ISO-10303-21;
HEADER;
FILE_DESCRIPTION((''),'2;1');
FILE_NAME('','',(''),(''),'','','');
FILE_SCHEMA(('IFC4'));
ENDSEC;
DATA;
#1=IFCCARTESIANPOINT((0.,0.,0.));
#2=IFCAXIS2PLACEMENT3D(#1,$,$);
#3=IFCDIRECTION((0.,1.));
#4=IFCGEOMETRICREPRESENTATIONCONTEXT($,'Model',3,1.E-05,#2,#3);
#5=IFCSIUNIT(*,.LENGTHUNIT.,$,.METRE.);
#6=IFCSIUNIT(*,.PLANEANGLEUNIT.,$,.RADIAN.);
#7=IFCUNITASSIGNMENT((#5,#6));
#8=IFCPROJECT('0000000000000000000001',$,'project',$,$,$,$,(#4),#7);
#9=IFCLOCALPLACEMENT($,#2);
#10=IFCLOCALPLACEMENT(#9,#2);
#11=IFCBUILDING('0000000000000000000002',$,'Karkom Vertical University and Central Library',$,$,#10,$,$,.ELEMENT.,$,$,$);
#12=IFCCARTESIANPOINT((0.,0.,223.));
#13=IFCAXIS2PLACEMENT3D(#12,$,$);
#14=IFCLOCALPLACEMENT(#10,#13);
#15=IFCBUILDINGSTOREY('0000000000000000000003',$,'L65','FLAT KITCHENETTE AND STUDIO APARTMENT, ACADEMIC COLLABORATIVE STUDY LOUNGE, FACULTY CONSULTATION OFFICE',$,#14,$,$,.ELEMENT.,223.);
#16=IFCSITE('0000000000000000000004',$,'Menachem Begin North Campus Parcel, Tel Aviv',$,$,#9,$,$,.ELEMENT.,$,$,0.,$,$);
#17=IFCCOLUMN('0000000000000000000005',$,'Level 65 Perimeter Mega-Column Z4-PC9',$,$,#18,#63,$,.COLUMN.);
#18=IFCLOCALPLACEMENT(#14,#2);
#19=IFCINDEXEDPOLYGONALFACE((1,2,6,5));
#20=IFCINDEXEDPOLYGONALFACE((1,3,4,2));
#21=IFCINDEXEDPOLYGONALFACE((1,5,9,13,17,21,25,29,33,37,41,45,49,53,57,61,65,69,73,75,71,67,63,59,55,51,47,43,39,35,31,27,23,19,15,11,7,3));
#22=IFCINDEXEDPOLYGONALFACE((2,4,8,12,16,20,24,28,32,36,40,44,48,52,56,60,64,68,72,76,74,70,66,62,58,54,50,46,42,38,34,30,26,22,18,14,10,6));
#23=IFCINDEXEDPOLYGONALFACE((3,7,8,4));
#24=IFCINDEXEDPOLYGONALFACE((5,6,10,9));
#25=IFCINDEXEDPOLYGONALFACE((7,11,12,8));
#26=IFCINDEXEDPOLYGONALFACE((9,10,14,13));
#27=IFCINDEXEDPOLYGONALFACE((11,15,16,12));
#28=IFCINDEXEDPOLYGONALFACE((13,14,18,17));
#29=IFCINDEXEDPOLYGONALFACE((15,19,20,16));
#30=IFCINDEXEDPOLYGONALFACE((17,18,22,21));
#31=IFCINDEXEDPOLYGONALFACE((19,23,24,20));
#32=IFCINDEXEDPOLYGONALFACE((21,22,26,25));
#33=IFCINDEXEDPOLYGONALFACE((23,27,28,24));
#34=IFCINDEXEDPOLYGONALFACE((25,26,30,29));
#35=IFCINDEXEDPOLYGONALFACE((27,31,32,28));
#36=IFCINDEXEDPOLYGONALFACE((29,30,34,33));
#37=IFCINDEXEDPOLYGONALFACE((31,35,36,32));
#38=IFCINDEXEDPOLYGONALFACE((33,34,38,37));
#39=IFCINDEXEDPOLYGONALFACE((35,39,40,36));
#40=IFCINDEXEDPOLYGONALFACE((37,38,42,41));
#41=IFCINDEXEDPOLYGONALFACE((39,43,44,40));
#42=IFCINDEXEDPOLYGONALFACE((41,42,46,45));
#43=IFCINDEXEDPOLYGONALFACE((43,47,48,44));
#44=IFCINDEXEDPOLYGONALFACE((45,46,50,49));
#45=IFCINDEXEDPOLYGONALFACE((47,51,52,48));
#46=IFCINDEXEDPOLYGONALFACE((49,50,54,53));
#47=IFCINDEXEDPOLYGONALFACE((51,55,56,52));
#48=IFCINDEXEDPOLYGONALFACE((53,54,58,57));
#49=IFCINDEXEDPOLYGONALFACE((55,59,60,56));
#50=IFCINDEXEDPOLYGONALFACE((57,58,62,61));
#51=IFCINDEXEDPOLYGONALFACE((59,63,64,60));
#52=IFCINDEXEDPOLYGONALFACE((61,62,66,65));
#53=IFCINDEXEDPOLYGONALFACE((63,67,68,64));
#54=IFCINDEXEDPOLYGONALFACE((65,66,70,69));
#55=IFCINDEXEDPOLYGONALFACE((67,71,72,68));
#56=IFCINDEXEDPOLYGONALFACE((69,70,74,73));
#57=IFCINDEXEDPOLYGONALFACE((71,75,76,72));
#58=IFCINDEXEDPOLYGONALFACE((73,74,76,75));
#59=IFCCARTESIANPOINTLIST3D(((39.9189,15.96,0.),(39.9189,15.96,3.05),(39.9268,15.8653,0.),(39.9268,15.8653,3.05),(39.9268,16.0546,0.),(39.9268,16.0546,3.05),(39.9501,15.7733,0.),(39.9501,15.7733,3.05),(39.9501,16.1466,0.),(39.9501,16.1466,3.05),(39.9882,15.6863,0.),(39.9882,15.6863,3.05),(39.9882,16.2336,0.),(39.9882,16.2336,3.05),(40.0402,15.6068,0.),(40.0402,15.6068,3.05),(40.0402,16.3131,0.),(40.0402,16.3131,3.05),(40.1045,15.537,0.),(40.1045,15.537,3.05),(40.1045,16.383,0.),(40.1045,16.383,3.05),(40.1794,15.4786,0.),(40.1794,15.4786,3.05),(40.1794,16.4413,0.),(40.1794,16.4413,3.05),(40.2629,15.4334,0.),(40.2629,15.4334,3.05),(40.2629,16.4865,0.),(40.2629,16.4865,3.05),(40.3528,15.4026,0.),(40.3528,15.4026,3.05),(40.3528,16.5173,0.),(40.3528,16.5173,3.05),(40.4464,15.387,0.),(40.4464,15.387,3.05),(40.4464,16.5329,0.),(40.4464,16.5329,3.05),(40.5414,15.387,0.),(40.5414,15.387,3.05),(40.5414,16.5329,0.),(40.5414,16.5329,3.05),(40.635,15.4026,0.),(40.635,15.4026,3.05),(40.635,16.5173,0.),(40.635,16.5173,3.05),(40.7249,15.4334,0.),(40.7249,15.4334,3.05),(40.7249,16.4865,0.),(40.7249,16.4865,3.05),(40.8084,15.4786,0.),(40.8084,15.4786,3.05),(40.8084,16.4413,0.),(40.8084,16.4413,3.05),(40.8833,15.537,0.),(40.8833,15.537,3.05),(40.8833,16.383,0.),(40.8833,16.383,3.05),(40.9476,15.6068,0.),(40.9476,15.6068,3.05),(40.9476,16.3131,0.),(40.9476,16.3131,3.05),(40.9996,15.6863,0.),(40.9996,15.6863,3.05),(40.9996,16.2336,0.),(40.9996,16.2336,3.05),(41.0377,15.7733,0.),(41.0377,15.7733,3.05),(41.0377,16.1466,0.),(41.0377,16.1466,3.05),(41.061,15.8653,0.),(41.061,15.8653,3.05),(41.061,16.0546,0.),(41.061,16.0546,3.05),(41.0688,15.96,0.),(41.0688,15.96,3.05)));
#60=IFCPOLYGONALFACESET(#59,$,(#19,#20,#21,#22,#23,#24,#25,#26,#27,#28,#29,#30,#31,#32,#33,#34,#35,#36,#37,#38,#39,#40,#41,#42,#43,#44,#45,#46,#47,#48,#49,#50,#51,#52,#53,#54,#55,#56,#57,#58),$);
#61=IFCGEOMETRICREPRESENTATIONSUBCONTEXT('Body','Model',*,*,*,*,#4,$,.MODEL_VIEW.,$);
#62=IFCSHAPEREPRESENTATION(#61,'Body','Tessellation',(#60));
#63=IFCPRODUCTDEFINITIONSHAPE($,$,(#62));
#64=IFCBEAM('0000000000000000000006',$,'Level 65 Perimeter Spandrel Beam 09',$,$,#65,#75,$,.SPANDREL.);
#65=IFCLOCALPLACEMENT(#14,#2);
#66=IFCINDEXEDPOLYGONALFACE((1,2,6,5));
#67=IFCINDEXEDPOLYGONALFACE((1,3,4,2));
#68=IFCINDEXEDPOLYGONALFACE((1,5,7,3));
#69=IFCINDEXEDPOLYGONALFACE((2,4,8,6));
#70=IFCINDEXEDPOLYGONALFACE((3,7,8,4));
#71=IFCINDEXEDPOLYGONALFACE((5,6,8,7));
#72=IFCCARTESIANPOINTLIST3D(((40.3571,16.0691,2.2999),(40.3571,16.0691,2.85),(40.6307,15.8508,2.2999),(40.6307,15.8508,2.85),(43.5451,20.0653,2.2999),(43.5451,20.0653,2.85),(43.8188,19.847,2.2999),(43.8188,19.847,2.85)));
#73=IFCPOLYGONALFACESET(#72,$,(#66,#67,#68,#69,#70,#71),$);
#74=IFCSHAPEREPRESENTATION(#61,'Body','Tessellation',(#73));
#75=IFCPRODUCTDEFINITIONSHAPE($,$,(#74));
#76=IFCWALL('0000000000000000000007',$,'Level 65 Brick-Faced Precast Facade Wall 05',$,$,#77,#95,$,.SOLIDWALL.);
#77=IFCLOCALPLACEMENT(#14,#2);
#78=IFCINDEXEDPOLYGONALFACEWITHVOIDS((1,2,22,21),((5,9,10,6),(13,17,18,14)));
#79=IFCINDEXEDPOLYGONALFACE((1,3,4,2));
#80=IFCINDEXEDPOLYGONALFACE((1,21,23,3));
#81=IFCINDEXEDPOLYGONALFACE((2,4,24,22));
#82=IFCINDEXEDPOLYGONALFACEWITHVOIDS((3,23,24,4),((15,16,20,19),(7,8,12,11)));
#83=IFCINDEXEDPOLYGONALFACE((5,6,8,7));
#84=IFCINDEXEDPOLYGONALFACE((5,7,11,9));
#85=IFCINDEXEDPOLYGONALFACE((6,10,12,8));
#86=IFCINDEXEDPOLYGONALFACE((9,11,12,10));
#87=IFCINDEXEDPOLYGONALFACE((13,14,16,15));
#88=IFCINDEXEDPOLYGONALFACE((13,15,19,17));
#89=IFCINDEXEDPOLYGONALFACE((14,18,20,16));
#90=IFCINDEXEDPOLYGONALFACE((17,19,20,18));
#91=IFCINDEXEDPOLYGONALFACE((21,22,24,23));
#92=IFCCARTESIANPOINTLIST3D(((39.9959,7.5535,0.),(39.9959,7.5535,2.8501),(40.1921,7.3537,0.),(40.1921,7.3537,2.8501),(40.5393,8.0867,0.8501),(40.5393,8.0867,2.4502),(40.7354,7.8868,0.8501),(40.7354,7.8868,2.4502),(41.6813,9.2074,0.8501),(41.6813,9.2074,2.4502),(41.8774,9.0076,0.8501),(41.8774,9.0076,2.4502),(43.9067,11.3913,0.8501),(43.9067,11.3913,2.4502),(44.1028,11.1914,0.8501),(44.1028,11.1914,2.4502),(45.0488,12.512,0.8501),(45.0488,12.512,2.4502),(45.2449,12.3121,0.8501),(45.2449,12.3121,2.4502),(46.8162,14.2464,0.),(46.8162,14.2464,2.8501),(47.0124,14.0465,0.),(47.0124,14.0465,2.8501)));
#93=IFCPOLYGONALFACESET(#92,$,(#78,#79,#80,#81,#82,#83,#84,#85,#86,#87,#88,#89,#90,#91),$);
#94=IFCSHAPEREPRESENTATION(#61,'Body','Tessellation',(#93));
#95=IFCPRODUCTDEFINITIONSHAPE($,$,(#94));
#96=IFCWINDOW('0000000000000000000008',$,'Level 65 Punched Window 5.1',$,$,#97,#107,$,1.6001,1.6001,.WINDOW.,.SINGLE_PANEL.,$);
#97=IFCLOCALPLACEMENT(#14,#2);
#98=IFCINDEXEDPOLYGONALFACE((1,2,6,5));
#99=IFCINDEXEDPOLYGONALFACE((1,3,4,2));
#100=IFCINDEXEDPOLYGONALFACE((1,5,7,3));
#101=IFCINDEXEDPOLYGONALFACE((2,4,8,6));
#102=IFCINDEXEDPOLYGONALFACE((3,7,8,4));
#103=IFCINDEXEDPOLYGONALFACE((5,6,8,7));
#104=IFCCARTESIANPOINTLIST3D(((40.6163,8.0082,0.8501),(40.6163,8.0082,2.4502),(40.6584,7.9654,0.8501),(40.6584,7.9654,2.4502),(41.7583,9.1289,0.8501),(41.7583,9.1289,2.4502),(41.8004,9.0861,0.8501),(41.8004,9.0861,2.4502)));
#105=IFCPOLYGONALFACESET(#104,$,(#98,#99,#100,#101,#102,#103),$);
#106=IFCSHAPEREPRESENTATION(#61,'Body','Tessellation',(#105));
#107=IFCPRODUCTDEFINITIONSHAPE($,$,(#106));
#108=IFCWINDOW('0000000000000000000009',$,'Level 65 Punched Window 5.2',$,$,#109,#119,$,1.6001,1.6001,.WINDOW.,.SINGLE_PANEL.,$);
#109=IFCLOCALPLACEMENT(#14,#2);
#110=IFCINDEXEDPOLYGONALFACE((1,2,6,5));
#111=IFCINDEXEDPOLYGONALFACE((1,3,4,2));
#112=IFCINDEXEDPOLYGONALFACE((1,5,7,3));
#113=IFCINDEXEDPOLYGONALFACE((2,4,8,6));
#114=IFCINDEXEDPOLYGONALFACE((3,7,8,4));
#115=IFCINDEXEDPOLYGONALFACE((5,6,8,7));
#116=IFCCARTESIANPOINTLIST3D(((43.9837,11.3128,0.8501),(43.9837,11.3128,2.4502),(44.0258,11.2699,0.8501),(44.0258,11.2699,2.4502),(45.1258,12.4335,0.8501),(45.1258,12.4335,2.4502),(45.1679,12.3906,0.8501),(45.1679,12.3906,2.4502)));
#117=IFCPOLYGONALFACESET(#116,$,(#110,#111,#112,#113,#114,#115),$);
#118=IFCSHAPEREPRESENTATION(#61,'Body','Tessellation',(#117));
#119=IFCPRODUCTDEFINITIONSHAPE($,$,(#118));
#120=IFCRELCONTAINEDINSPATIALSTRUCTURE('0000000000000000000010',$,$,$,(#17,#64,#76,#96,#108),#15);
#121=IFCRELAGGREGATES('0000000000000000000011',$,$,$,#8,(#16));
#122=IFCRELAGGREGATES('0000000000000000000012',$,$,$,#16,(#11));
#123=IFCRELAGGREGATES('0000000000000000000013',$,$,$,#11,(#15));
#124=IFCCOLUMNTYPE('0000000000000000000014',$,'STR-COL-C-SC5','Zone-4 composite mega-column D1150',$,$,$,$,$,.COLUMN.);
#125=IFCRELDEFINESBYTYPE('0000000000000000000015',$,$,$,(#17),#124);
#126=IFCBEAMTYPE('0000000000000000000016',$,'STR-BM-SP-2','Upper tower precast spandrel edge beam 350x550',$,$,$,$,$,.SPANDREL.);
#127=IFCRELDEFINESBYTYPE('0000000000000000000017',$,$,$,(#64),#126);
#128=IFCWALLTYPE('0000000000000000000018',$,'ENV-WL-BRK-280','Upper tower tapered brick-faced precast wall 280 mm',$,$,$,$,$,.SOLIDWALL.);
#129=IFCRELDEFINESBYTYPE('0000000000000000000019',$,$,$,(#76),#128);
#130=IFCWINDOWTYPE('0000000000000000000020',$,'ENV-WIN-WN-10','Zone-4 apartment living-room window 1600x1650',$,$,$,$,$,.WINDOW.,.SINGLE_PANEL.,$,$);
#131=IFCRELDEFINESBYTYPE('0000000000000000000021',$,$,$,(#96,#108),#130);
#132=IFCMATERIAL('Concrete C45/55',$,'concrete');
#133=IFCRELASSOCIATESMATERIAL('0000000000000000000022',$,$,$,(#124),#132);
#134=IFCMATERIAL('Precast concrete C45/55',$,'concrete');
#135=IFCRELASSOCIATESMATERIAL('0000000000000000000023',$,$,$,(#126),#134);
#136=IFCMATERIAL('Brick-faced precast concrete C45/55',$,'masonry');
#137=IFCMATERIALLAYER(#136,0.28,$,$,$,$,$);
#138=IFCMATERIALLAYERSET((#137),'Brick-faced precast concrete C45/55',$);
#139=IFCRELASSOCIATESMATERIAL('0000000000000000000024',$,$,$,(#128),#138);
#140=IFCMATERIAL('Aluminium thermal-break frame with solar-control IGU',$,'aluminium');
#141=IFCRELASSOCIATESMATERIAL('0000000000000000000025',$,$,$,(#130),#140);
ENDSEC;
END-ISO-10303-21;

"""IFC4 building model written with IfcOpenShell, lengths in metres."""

from ifc_helpers import new_model, si_unit, direction, frame, frame_2d, origin, origin_with_axes, origin_2d, place, context, subcontext, project, spatial, rectangle, circle, extrude, source, transform, mapped, material, layer, layer_set, material_profile, profile_set, type_object, element, fill, save


model = new_model("IFC4")

# Units and contexts
model_context = context("Model", 3, precision=1e-05, world=origin(), true_north=direction((0.0, 1.0)))
body_context = subcontext(model_context, "Body", "Model", "MODEL_VIEW")
ifc_project = project(units=[si_unit("LENGTHUNIT", "METRE"), si_unit("PLANEANGLEUNIT", "RADIAN")], contexts=[model_context])

# Site, building, storey
site_placement = place(None, origin())
site = spatial("IfcSite", under=ifc_project, at=site_placement, Name="Menachem Begin North Campus Parcel, Tel Aviv", CompositionType="ELEMENT", RefElevation=0.0)
building_placement = place(site_placement, origin())
building = spatial("IfcBuilding", under=site, at=building_placement, Name="Karkom Vertical University and Central Library", CompositionType="ELEMENT")
storey_placement = place(building_placement, frame((0.0, 0.0, 223.0)))
storey = spatial("IfcBuildingStorey", under=building, at=storey_placement, Name="L65", Description="FLAT KITCHENETTE AND STUDIO APARTMENT, ACADEMIC COLLABORATIVE STUDY LOUNGE, FACULTY CONSULTATION OFFICE", CompositionType="ELEMENT", Elevation=223.0)

# Column
ifc_material_1 = material(Name="Concrete C45/55", Category="concrete")
ifc_material_profile_1 = material_profile(ifc_material_1, circle(Radius=0.575, at=origin_2d()), Name="CFT-D1150")
ifc_profile_set_1 = profile_set([ifc_material_profile_1], Name="Concrete C45/55")
column_type = type_object("IfcColumnType", Name="STR-COL-C-SC5", Description="Zone-4 composite mega-column D1150", PredefinedType="COLUMN", material=ifc_profile_set_1)
shared_shape_1 = source(origin_with_axes(), body_context, "Body", "SweptSolid", [
    extrude(circle(Radius=0.575, at=origin_2d()), origin(), (0.0, 0.0, 1.0), 3.05),
])
column_placement = place(storey_placement, frame((40.4939, 15.96, 0.0), z_axis=(0.0, 0.0, 1.0), x_axis=(1.0, 0.0, 0.0)))
element("IfcColumn", 1, at=column_placement, inside=storey, type_object=column_type, Name="Level 65 Perimeter Mega-Column Z4-PC9", PredefinedType="COLUMN", context=body_context, shape_type="MappedRepresentation", body=[
    mapped(shared_shape_1, transform((0.0, 0.0, 0.0), scale=1.0)),
])

# Beam
ifc_material_2 = material(Name="Precast concrete C45/55", Category="concrete")
ifc_material_profile_2 = material_profile(ifc_material_2, rectangle(XDim=0.3501, YDim=0.55, at=origin_2d()), Name="SPB-350x550")
ifc_profile_set_2 = profile_set([ifc_material_profile_2], Name="Precast concrete C45/55")
beam_type = type_object("IfcBeamType", Name="STR-BM-SP-2", Description="Upper tower precast spandrel edge beam 350x550", PredefinedType="SPANDREL", material=ifc_profile_set_2)
shared_shape_2 = source(origin_with_axes(), body_context, "Body", "SweptSolid", [
    extrude(rectangle(XDim=0.3501, YDim=0.55, at=origin_2d()), origin(), (0.0, 0.0, 1.0), 5.1121),
])
beam_placement = place(storey_placement, frame((40.4939, 15.96, 2.575), z_axis=(0.623634, 0.781716, 0.0), x_axis=(-0.781716, 0.623634, 0.0)))
element("IfcBeam", 2, at=beam_placement, inside=storey, type_object=beam_type, Name="Level 65 Perimeter Spandrel Beam 09", PredefinedType="SPANDREL", context=body_context, shape_type="MappedRepresentation", body=[
    mapped(shared_shape_2, transform((0.0, 0.0, 0.0), scale=1.0)),
])

# Wall, openings, windows
ifc_material_3 = material(Name="Brick-faced precast concrete C45/55", Category="masonry")
ifc_layer_1 = layer(ifc_material_3, 0.28)
ifc_layer_set_1 = layer_set([ifc_layer_1], Name="Brick-faced precast concrete C45/55")
wall_type_1 = type_object("IfcWallType", Name="ENV-WL-BRK-280", Description="Upper tower tapered brick-faced precast wall 280 mm", PredefinedType="SOLIDWALL", material=ifc_layer_set_1)
wall_1_placement = place(storey_placement, frame((40.094, 7.4536, 0.0), z_axis=(0.0, 0.0, 1.0), x_axis=(0.713744, 0.700407, 0.0)))
wall_1 = element("IfcWall", 3, at=wall_1_placement, inside=storey, type_object=wall_type_1, Name="Level 65 Brick-Faced Precast Facade Wall 05", PredefinedType="SOLIDWALL", context=body_context, shape_type="SweptSolid", body=[
    extrude(rectangle(XDim=9.5557, YDim=0.28, at=frame_2d((4.7778, 0.0))), origin(), (0.0, 0.0, 1.0), 2.8501),
])
opening_1_placement = place(wall_1_placement, frame((0.7612, 0.0, 0.8501)))
opening_1 = element("IfcOpeningElement", 4, at=opening_1_placement, cuts=wall_1, PredefinedType="OPENING", context=body_context, shape_type="SweptSolid", body=[
    extrude(rectangle(XDim=1.6001, YDim=1.6001, at=frame_2d((0.8, 0.8))), frame((0.0, 0.1499, 0.0), z_axis=(0.0, -1.0, 0.0), x_axis=(1.0, 0.0, 0.0)), (0.0, 0.0, 1.0), 0.3),
])
opening_2_placement = place(wall_1_placement, frame((5.4792, 0.0, 0.8501)))
opening_2 = element("IfcOpeningElement", 5, at=opening_2_placement, cuts=wall_1, PredefinedType="OPENING", context=body_context, shape_type="SweptSolid", body=[
    extrude(rectangle(XDim=1.6001, YDim=1.6001, at=frame_2d((0.8, 0.8))), frame((0.0, 0.1499, 0.0), z_axis=(0.0, -1.0, 0.0), x_axis=(1.0, 0.0, 0.0)), (0.0, 0.0, 1.0), 0.3),
])
ifc_material_4 = material(Name="Aluminium thermal-break frame with solar-control IGU", Category="aluminium")
window_type = type_object("IfcWindowType", Name="ENV-WIN-WN-10", Description="Zone-4 apartment living-room window 1600x1650", PartitioningType="SINGLE_PANEL", PredefinedType="WINDOW", material=ifc_material_4)
shared_shape_3 = source(origin_with_axes(), body_context, "Body", "SweptSolid", [
    extrude(rectangle(XDim=1.6001, YDim=1.6001, at=frame_2d((0.8, 0.8))), frame((0.0, 0.03, 0.0), z_axis=(0.0, -1.0, 0.0), x_axis=(1.0, 0.0, 0.0)), (0.0, 0.0, 1.0), 0.0601),
])
window_1_placement = place(opening_1_placement, origin())
window_1 = element("IfcWindow", 6, at=window_1_placement, inside=storey, type_object=window_type, Name="Level 65 Punched Window 5.1", OverallHeight=1.6001, OverallWidth=1.6001, PartitioningType="SINGLE_PANEL", PredefinedType="WINDOW", context=body_context, shape_type="MappedRepresentation", body=[
    mapped(shared_shape_3, transform((0.0, 0.0, 0.0), scale=1.0)),
])
fill(opening_1, window_1)
window_2_placement = place(opening_2_placement, origin())
window_2 = element("IfcWindow", 7, at=window_2_placement, inside=storey, type_object=window_type, Name="Level 65 Punched Window 5.2", OverallHeight=1.6001, OverallWidth=1.6001, PartitioningType="SINGLE_PANEL", PredefinedType="WINDOW", context=body_context, shape_type="MappedRepresentation", body=[
    mapped(shared_shape_3, transform((0.0, 0.0, 0.0), scale=1.0)),
])
fill(opening_2, window_2)

save(model, "model.ifc")
